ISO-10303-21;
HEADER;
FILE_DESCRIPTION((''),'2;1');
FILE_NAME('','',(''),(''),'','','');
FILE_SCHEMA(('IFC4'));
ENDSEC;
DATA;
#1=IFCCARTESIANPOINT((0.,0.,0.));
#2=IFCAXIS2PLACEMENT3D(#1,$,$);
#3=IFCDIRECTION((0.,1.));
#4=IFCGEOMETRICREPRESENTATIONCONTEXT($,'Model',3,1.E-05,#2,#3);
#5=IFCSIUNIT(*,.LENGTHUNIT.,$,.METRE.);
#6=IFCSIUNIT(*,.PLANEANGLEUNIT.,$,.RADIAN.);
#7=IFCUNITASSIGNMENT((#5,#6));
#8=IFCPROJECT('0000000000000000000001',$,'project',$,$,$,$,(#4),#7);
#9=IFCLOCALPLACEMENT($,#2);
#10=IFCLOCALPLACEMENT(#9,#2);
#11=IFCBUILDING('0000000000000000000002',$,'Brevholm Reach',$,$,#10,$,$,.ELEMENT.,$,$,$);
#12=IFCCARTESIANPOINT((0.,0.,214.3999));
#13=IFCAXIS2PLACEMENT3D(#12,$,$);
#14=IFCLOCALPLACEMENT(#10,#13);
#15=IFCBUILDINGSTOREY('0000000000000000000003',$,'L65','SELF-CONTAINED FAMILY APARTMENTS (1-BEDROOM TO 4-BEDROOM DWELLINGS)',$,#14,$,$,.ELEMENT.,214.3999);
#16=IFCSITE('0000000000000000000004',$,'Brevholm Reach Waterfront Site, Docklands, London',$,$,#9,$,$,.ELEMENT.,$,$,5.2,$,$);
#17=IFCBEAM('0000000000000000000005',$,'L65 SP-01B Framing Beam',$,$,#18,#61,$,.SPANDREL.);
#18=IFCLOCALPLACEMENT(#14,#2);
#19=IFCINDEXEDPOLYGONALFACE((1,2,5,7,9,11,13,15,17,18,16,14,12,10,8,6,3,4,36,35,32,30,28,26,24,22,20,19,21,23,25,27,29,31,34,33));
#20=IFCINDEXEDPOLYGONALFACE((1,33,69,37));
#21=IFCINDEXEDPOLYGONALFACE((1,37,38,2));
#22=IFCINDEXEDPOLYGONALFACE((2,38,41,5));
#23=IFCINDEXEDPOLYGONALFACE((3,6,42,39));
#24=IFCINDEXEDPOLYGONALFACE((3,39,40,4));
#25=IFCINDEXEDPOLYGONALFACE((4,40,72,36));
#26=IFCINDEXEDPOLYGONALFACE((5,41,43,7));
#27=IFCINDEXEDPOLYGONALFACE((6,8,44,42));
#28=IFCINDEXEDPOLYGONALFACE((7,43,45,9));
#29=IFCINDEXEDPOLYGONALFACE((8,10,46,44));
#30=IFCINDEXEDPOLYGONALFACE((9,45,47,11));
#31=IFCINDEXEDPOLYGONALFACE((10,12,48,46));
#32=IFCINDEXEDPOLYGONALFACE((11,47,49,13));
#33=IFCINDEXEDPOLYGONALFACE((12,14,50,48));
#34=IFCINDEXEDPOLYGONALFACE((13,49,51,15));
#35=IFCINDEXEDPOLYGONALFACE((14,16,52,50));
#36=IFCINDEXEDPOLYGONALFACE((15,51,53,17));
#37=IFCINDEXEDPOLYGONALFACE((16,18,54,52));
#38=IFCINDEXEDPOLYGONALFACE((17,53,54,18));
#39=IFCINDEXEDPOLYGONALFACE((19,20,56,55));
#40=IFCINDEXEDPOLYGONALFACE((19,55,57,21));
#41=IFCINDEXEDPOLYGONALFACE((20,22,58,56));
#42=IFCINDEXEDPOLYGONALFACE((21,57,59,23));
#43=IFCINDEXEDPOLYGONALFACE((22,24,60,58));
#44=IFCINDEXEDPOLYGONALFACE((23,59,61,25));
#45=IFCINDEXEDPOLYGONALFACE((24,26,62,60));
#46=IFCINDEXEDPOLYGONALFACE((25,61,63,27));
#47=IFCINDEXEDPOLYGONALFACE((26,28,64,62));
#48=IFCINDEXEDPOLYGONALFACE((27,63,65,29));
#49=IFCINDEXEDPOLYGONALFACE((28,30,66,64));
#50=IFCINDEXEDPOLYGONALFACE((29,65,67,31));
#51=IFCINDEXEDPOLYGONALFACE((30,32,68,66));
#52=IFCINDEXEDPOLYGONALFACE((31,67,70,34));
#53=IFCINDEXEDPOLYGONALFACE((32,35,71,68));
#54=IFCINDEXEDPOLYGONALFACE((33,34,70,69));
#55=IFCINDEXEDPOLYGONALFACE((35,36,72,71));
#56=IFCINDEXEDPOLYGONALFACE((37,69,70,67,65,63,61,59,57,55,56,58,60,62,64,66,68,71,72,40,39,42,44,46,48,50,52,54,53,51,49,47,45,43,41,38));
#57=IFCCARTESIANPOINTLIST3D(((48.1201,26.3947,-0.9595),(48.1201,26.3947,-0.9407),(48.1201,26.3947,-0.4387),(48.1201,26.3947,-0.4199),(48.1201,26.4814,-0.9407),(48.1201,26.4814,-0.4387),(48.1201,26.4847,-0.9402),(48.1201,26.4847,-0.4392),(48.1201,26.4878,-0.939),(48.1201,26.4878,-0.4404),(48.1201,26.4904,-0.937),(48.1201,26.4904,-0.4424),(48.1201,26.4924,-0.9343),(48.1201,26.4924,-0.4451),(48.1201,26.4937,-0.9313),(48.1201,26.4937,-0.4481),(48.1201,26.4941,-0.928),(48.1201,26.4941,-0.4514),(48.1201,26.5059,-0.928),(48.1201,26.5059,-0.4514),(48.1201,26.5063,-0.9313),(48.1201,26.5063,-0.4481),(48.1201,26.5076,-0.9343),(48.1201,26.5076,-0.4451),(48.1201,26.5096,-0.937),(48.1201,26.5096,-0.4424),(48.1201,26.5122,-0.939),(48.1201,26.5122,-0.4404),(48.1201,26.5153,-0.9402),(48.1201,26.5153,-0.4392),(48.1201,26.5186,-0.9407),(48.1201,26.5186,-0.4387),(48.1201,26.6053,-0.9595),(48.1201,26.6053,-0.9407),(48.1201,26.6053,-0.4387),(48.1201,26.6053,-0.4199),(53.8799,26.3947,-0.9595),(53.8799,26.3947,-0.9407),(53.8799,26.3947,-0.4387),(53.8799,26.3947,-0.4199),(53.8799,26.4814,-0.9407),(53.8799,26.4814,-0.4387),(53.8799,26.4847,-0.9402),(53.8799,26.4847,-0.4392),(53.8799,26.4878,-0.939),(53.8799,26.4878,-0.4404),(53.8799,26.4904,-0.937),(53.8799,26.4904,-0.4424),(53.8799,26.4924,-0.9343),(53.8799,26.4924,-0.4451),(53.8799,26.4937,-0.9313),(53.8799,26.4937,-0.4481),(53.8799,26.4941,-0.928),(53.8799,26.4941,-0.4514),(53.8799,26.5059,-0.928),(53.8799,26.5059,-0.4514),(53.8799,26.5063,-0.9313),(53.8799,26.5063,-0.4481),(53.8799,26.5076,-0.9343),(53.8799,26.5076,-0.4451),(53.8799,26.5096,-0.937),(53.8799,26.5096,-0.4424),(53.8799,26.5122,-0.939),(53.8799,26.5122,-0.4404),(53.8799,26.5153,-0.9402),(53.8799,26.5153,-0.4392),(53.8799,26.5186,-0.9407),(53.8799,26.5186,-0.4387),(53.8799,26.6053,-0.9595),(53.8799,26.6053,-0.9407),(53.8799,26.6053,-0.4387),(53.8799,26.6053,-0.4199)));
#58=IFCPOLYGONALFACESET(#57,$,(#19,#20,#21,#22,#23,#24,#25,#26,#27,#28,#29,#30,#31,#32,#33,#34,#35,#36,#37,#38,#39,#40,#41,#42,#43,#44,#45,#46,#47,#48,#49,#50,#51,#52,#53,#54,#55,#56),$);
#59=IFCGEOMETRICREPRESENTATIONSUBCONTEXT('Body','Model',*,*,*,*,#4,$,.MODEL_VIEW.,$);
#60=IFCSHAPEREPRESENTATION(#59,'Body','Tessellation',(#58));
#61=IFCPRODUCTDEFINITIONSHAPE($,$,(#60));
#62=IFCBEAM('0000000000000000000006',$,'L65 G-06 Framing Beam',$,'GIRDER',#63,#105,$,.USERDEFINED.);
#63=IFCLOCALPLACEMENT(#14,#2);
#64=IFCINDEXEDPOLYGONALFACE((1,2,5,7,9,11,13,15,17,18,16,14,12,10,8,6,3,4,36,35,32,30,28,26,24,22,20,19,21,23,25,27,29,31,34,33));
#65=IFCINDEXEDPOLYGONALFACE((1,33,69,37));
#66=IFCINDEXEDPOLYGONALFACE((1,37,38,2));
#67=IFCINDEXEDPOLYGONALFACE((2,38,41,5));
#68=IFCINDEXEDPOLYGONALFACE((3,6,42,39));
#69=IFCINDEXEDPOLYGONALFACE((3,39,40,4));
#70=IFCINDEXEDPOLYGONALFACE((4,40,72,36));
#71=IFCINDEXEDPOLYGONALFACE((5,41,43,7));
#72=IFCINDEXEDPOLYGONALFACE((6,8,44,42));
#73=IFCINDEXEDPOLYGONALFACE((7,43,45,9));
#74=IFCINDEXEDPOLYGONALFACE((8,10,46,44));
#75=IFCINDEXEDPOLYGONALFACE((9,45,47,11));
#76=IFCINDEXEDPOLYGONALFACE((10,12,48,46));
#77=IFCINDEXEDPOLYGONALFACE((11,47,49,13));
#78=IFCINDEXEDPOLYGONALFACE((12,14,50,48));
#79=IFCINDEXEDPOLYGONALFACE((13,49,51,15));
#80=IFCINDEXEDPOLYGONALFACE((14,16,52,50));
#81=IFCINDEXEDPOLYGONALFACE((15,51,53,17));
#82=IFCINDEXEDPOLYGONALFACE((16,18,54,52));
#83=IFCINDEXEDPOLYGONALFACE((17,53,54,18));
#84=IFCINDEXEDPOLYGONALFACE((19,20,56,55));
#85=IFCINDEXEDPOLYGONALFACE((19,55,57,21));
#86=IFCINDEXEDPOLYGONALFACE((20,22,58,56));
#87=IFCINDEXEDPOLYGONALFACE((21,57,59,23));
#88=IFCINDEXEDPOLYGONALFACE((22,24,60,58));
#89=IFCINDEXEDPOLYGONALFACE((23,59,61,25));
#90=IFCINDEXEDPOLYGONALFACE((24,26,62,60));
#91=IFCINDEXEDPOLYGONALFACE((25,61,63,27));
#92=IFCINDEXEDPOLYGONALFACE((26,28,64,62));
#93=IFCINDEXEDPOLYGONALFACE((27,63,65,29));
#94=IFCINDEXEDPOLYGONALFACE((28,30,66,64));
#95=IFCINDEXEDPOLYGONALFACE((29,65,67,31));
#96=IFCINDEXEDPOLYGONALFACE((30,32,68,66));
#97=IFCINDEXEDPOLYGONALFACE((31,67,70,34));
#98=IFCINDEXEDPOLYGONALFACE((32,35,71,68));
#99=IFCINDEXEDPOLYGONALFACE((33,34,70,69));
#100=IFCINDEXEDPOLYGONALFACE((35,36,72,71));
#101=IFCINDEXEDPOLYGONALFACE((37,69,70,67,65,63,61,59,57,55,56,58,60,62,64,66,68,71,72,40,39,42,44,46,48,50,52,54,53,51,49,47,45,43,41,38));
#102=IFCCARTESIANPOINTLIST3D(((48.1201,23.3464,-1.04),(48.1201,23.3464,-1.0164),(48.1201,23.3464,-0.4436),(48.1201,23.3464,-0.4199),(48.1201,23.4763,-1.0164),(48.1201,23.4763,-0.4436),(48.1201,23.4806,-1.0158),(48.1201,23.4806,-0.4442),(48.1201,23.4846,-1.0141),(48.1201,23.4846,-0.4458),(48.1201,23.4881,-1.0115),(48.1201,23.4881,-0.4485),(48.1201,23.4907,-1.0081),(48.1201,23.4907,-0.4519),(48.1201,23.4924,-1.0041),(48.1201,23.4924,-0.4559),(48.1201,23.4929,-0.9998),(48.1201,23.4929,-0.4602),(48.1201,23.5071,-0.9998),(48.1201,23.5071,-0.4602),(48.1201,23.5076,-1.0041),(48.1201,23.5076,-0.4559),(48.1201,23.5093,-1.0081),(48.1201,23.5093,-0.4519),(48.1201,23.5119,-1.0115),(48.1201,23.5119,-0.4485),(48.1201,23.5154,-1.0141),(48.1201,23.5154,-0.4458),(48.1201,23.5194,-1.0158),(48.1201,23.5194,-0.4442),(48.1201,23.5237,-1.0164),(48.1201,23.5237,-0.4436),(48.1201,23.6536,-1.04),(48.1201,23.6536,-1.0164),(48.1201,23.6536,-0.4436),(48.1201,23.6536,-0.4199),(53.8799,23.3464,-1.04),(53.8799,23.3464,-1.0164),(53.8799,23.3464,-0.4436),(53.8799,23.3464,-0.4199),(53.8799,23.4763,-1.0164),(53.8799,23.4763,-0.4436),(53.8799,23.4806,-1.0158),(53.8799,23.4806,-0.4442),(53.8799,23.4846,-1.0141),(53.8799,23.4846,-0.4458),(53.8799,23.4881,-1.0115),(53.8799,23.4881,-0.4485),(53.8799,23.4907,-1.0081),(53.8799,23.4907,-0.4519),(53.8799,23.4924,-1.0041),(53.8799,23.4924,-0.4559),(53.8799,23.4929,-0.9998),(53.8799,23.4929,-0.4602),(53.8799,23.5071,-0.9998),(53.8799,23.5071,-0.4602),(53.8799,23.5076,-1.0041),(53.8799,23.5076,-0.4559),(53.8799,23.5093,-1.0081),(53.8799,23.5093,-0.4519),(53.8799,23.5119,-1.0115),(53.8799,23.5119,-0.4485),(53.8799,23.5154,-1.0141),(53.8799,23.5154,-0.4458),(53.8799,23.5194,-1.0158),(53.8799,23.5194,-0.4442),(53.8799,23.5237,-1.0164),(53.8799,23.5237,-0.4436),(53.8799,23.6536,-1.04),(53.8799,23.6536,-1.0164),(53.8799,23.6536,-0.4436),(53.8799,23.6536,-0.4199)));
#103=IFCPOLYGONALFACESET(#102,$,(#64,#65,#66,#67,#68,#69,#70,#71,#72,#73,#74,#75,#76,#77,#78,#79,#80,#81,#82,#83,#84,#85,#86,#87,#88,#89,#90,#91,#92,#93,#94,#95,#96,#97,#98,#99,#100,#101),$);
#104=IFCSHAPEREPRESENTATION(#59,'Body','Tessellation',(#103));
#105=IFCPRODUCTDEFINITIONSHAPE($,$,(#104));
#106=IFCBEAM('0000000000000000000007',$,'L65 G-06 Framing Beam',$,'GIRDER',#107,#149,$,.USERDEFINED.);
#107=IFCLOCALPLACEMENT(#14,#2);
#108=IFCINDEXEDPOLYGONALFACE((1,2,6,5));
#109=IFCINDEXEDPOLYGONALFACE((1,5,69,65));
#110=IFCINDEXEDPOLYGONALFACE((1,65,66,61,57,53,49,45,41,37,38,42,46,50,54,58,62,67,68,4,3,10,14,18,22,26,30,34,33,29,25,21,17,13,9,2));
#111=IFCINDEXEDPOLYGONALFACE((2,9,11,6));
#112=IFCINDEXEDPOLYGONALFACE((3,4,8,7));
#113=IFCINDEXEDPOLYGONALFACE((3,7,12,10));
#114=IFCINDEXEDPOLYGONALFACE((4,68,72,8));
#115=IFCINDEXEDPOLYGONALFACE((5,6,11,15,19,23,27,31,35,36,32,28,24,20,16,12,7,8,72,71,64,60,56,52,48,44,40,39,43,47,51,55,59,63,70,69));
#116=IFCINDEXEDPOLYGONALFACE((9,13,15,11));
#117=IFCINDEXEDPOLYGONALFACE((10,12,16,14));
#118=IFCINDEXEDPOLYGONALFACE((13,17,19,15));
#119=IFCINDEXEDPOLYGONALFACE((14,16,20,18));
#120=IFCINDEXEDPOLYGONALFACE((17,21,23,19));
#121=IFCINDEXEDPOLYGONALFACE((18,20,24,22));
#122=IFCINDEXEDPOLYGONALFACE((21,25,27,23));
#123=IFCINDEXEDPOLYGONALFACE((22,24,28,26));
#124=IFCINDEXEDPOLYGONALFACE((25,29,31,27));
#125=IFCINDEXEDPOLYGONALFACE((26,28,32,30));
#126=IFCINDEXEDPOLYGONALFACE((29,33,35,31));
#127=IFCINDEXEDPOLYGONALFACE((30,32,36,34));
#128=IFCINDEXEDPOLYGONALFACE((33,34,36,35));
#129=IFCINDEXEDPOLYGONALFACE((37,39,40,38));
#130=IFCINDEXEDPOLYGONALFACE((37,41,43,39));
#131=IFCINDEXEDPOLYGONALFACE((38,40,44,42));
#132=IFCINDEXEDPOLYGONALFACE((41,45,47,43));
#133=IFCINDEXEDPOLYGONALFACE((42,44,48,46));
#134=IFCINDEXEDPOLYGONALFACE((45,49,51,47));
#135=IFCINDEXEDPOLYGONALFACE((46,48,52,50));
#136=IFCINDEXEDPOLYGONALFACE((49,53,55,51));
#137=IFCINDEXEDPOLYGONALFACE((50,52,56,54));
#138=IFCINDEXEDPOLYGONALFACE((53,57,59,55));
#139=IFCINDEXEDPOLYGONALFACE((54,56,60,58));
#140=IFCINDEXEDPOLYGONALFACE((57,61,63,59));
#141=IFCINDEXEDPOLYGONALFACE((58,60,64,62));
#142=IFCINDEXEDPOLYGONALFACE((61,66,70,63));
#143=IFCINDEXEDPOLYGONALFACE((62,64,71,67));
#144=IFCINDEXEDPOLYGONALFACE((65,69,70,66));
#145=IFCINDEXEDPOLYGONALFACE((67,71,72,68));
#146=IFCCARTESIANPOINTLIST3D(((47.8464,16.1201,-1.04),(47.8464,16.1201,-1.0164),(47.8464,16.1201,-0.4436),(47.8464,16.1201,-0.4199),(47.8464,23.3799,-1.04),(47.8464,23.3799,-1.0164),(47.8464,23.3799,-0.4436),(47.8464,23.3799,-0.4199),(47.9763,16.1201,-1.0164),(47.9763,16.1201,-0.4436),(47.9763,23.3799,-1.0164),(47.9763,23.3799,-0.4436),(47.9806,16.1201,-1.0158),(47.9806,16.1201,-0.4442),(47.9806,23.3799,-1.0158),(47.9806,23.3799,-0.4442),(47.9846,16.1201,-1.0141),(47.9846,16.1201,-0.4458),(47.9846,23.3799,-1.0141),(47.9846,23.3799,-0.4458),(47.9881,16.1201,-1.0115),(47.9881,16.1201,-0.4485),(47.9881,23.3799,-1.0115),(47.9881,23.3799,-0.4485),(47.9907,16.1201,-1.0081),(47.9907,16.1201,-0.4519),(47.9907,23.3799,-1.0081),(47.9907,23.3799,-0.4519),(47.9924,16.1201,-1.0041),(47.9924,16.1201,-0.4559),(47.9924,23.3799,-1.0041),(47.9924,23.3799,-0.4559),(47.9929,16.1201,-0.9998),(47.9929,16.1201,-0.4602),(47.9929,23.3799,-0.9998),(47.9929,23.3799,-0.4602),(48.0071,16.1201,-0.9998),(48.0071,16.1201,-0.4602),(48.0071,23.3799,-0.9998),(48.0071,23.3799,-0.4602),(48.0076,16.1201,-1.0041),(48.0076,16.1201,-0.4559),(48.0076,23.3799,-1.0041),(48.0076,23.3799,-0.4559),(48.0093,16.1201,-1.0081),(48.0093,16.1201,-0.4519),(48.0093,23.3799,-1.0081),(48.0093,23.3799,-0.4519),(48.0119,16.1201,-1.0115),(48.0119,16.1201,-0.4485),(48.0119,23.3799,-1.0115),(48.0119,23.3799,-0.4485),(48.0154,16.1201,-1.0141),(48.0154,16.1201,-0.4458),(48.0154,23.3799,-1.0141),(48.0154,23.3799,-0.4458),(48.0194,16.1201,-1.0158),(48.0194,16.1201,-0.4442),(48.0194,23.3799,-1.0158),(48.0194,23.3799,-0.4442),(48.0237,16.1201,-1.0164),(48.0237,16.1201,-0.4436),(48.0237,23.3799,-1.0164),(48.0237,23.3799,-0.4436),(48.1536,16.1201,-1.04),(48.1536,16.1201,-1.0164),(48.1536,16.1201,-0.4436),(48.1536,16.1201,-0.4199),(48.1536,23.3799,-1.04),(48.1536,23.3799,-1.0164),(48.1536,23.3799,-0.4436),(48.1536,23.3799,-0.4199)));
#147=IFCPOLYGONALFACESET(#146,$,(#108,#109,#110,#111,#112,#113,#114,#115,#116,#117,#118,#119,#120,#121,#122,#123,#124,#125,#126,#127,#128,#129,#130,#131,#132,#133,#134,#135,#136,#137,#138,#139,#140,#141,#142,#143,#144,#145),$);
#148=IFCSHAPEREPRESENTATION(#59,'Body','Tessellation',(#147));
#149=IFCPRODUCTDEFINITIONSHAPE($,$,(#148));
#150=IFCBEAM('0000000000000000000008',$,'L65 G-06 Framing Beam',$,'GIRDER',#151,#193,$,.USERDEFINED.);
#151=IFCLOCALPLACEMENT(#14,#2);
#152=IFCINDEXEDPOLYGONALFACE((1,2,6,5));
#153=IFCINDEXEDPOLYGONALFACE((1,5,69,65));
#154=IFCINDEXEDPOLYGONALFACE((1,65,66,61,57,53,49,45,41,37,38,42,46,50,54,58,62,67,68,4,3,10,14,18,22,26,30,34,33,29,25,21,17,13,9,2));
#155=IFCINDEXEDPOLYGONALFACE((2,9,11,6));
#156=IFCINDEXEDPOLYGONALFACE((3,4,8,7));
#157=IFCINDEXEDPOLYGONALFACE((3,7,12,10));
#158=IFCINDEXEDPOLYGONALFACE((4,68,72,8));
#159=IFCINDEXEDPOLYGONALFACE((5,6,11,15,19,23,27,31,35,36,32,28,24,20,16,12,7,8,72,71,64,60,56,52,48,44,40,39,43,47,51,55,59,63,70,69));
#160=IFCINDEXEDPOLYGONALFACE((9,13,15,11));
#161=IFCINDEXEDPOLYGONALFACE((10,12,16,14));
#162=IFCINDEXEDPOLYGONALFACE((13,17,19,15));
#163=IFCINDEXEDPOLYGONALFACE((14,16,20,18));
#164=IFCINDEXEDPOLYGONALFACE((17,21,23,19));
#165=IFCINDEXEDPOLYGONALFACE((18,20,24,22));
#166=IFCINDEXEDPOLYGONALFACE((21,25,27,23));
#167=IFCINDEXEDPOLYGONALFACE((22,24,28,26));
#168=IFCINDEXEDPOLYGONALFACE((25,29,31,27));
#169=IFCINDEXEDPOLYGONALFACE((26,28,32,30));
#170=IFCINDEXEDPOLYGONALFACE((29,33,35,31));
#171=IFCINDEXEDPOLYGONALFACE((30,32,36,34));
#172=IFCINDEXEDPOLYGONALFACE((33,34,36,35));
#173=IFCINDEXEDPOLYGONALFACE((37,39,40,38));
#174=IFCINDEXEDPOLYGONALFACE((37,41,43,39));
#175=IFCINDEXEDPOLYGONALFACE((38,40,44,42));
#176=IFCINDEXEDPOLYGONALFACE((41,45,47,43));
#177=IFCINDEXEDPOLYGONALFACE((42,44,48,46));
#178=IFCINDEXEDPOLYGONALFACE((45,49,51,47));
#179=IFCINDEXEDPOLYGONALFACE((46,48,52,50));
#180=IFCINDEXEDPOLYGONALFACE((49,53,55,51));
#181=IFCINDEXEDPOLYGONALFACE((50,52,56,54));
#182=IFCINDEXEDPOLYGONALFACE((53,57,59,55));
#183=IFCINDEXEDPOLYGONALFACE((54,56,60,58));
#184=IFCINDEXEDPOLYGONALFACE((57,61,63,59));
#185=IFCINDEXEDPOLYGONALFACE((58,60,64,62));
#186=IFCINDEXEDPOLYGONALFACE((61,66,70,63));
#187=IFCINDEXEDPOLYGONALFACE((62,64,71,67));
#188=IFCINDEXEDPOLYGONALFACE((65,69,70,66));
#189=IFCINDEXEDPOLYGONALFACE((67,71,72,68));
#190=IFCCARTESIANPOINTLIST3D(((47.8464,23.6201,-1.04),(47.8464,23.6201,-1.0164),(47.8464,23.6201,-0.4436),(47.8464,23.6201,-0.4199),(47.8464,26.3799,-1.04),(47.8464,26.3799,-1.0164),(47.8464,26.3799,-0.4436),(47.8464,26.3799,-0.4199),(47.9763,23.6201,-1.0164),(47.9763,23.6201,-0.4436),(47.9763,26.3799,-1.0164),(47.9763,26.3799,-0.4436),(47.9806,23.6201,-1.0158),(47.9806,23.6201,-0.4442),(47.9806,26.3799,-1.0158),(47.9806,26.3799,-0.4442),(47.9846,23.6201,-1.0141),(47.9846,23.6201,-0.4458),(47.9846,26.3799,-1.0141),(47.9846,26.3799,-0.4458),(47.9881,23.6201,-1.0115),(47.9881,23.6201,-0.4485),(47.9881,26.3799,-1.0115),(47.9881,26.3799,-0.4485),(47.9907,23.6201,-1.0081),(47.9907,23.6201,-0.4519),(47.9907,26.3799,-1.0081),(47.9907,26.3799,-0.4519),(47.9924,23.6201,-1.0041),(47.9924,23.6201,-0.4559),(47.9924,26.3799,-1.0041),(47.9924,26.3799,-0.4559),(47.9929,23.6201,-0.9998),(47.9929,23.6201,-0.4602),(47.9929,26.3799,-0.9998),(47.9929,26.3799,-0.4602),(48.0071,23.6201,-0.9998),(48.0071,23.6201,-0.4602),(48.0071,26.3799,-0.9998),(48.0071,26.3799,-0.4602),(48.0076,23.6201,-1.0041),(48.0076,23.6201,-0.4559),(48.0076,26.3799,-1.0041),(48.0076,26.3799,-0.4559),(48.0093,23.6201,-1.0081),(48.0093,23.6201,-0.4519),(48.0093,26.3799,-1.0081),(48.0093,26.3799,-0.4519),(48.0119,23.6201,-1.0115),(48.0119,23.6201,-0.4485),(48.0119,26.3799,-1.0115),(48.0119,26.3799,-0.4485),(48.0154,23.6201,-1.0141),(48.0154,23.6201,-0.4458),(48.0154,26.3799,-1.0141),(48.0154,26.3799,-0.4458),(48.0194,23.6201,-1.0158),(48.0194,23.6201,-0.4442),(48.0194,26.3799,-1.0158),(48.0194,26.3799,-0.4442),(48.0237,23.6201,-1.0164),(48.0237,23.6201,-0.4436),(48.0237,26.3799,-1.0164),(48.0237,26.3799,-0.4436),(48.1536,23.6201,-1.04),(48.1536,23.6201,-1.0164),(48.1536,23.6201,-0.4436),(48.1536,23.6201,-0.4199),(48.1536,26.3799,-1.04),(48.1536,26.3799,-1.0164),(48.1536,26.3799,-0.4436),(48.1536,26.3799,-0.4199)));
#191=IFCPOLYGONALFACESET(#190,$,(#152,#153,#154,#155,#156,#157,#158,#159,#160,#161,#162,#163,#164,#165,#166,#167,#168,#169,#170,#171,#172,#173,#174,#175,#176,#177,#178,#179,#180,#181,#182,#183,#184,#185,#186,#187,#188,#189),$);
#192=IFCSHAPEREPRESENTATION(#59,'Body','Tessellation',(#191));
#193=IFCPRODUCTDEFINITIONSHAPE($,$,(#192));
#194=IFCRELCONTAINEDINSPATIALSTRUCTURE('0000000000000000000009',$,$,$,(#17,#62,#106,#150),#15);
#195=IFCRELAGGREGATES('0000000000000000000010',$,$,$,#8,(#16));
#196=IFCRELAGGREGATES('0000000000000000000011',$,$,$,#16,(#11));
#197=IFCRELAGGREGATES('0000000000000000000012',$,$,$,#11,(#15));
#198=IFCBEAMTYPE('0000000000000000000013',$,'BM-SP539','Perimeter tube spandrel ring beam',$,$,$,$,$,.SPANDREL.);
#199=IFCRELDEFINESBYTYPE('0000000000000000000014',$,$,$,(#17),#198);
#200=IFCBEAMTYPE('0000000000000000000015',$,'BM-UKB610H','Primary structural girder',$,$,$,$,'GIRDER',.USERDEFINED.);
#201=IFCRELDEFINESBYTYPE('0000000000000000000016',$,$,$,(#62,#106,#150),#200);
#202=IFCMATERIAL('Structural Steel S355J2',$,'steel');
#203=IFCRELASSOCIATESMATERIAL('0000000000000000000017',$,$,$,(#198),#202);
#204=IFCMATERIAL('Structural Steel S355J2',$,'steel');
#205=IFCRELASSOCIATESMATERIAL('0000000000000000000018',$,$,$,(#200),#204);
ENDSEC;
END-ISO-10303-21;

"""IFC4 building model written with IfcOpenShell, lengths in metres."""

from ifc_helpers import new_model, si_unit, direction, frame, origin, origin_2d, place, context, subcontext, project, spatial, i_section, extrude, material, material_profile, profile_set, type_object, element, save


model = new_model("IFC4")

# Units and contexts
model_context = context("Model", 3, precision=1e-05, world=origin(), true_north=direction((0.0, 1.0)))
body_context = subcontext(model_context, "Body", "Model", "MODEL_VIEW")
ifc_project = project(units=[si_unit("LENGTHUNIT", "METRE"), si_unit("PLANEANGLEUNIT", "RADIAN")], contexts=[model_context])

# Site, building, storey
site_placement = place(None, origin())
site = spatial("IfcSite", under=ifc_project, at=site_placement, Name="Brevholm Reach Waterfront Site, Docklands, London", CompositionType="ELEMENT", RefElevation=5.2)
building_placement = place(site_placement, origin())
building = spatial("IfcBuilding", under=site, at=building_placement, Name="Brevholm Reach", CompositionType="ELEMENT")
storey_placement = place(building_placement, frame((0.0, 0.0, 214.3999)))
storey = spatial("IfcBuildingStorey", under=building, at=storey_placement, Name="L65", Description="SELF-CONTAINED FAMILY APARTMENTS (1-BEDROOM TO 4-BEDROOM DWELLINGS)", CompositionType="ELEMENT", Elevation=214.3999)

# Beams
ifc_material_1 = material(Name="Structural Steel S355J2", Category="steel")
ifc_material_profile_1 = material_profile(ifc_material_1, i_section(OverallWidth=0.2107, OverallDepth=0.5396, WebThickness=0.0117, FlangeThickness=0.0188, FilletRadius=0.0127, at=origin_2d()), Name="UKB 533x210x109")
ifc_profile_set_1 = profile_set([ifc_material_profile_1], Name="Structural Steel S355J2")
beam_type_1 = type_object("IfcBeamType", Name="BM-SP539", Description="Perimeter tube spandrel ring beam", PredefinedType="SPANDREL", material=ifc_profile_set_1)
beam_1_placement = place(storey_placement, frame((48.1201, 26.5, -0.6897), z_axis=(1.0, 0.0, 0.0), x_axis=(0.0, 1.0, 0.0)))
element("IfcBeam", 1, at=beam_1_placement, inside=storey, type_object=beam_type_1, Name="L65 SP-01B Framing Beam", PredefinedType="SPANDREL", context=body_context, shape_type="SweptSolid", body=[
    extrude(i_section(OverallWidth=0.2107, OverallDepth=0.5396, WebThickness=0.0117, FlangeThickness=0.0188, FilletRadius=0.0127, at=origin_2d()), origin(), (0.0, 0.0, 1.0), 5.7598),
])
ifc_material_2 = material(Name="Structural Steel S355J2", Category="steel")
ifc_material_profile_2 = material_profile(ifc_material_2, i_section(OverallWidth=0.3071, OverallDepth=0.6201, WebThickness=0.0142, FlangeThickness=0.0237, FilletRadius=0.0166, at=origin_2d()), Name="UKB 610x305x179")
ifc_profile_set_2 = profile_set([ifc_material_profile_2], Name="Structural Steel S355J2")
beam_type_2 = type_object("IfcBeamType", Name="BM-UKB610H", Description="Primary structural girder", ElementType="GIRDER", PredefinedType="USERDEFINED", material=ifc_profile_set_2)
beam_2_placement = place(storey_placement, frame((48.1201, 23.5, -0.73), z_axis=(1.0, 0.0, 0.0), x_axis=(0.0, 1.0, 0.0)))
element("IfcBeam", 2, at=beam_2_placement, inside=storey, type_object=beam_type_2, Name="L65 G-06 Framing Beam", ObjectType="GIRDER", PredefinedType="USERDEFINED", context=body_context, shape_type="SweptSolid", body=[
    extrude(i_section(OverallWidth=0.3071, OverallDepth=0.6201, WebThickness=0.0142, FlangeThickness=0.0237, FilletRadius=0.0166, at=origin_2d()), origin(), (0.0, 0.0, 1.0), 5.7598),
])
beam_3_placement = place(storey_placement, frame((48.0, 16.1201, -0.73), z_axis=(0.0, 1.0, 0.0), x_axis=(-1.0, 0.0, 0.0)))
element("IfcBeam", 3, at=beam_3_placement, inside=storey, type_object=beam_type_2, Name="L65 G-06 Framing Beam", ObjectType="GIRDER", PredefinedType="USERDEFINED", context=body_context, shape_type="SweptSolid", body=[
    extrude(i_section(OverallWidth=0.3071, OverallDepth=0.6201, WebThickness=0.0142, FlangeThickness=0.0237, FilletRadius=0.0166, at=origin_2d()), origin(), (0.0, 0.0, 1.0), 7.2598),
])
beam_4_placement = place(storey_placement, frame((48.0, 23.6201, -0.73), z_axis=(0.0, 1.0, 0.0), x_axis=(-1.0, 0.0, 0.0)))
element("IfcBeam", 4, at=beam_4_placement, inside=storey, type_object=beam_type_2, Name="L65 G-06 Framing Beam", ObjectType="GIRDER", PredefinedType="USERDEFINED", context=body_context, shape_type="SweptSolid", body=[
    extrude(i_section(OverallWidth=0.3071, OverallDepth=0.6201, WebThickness=0.0142, FlangeThickness=0.0237, FilletRadius=0.0166, at=origin_2d()), origin(), (0.0, 0.0, 1.0), 2.7598),
])

save(model, "model.ifc")
